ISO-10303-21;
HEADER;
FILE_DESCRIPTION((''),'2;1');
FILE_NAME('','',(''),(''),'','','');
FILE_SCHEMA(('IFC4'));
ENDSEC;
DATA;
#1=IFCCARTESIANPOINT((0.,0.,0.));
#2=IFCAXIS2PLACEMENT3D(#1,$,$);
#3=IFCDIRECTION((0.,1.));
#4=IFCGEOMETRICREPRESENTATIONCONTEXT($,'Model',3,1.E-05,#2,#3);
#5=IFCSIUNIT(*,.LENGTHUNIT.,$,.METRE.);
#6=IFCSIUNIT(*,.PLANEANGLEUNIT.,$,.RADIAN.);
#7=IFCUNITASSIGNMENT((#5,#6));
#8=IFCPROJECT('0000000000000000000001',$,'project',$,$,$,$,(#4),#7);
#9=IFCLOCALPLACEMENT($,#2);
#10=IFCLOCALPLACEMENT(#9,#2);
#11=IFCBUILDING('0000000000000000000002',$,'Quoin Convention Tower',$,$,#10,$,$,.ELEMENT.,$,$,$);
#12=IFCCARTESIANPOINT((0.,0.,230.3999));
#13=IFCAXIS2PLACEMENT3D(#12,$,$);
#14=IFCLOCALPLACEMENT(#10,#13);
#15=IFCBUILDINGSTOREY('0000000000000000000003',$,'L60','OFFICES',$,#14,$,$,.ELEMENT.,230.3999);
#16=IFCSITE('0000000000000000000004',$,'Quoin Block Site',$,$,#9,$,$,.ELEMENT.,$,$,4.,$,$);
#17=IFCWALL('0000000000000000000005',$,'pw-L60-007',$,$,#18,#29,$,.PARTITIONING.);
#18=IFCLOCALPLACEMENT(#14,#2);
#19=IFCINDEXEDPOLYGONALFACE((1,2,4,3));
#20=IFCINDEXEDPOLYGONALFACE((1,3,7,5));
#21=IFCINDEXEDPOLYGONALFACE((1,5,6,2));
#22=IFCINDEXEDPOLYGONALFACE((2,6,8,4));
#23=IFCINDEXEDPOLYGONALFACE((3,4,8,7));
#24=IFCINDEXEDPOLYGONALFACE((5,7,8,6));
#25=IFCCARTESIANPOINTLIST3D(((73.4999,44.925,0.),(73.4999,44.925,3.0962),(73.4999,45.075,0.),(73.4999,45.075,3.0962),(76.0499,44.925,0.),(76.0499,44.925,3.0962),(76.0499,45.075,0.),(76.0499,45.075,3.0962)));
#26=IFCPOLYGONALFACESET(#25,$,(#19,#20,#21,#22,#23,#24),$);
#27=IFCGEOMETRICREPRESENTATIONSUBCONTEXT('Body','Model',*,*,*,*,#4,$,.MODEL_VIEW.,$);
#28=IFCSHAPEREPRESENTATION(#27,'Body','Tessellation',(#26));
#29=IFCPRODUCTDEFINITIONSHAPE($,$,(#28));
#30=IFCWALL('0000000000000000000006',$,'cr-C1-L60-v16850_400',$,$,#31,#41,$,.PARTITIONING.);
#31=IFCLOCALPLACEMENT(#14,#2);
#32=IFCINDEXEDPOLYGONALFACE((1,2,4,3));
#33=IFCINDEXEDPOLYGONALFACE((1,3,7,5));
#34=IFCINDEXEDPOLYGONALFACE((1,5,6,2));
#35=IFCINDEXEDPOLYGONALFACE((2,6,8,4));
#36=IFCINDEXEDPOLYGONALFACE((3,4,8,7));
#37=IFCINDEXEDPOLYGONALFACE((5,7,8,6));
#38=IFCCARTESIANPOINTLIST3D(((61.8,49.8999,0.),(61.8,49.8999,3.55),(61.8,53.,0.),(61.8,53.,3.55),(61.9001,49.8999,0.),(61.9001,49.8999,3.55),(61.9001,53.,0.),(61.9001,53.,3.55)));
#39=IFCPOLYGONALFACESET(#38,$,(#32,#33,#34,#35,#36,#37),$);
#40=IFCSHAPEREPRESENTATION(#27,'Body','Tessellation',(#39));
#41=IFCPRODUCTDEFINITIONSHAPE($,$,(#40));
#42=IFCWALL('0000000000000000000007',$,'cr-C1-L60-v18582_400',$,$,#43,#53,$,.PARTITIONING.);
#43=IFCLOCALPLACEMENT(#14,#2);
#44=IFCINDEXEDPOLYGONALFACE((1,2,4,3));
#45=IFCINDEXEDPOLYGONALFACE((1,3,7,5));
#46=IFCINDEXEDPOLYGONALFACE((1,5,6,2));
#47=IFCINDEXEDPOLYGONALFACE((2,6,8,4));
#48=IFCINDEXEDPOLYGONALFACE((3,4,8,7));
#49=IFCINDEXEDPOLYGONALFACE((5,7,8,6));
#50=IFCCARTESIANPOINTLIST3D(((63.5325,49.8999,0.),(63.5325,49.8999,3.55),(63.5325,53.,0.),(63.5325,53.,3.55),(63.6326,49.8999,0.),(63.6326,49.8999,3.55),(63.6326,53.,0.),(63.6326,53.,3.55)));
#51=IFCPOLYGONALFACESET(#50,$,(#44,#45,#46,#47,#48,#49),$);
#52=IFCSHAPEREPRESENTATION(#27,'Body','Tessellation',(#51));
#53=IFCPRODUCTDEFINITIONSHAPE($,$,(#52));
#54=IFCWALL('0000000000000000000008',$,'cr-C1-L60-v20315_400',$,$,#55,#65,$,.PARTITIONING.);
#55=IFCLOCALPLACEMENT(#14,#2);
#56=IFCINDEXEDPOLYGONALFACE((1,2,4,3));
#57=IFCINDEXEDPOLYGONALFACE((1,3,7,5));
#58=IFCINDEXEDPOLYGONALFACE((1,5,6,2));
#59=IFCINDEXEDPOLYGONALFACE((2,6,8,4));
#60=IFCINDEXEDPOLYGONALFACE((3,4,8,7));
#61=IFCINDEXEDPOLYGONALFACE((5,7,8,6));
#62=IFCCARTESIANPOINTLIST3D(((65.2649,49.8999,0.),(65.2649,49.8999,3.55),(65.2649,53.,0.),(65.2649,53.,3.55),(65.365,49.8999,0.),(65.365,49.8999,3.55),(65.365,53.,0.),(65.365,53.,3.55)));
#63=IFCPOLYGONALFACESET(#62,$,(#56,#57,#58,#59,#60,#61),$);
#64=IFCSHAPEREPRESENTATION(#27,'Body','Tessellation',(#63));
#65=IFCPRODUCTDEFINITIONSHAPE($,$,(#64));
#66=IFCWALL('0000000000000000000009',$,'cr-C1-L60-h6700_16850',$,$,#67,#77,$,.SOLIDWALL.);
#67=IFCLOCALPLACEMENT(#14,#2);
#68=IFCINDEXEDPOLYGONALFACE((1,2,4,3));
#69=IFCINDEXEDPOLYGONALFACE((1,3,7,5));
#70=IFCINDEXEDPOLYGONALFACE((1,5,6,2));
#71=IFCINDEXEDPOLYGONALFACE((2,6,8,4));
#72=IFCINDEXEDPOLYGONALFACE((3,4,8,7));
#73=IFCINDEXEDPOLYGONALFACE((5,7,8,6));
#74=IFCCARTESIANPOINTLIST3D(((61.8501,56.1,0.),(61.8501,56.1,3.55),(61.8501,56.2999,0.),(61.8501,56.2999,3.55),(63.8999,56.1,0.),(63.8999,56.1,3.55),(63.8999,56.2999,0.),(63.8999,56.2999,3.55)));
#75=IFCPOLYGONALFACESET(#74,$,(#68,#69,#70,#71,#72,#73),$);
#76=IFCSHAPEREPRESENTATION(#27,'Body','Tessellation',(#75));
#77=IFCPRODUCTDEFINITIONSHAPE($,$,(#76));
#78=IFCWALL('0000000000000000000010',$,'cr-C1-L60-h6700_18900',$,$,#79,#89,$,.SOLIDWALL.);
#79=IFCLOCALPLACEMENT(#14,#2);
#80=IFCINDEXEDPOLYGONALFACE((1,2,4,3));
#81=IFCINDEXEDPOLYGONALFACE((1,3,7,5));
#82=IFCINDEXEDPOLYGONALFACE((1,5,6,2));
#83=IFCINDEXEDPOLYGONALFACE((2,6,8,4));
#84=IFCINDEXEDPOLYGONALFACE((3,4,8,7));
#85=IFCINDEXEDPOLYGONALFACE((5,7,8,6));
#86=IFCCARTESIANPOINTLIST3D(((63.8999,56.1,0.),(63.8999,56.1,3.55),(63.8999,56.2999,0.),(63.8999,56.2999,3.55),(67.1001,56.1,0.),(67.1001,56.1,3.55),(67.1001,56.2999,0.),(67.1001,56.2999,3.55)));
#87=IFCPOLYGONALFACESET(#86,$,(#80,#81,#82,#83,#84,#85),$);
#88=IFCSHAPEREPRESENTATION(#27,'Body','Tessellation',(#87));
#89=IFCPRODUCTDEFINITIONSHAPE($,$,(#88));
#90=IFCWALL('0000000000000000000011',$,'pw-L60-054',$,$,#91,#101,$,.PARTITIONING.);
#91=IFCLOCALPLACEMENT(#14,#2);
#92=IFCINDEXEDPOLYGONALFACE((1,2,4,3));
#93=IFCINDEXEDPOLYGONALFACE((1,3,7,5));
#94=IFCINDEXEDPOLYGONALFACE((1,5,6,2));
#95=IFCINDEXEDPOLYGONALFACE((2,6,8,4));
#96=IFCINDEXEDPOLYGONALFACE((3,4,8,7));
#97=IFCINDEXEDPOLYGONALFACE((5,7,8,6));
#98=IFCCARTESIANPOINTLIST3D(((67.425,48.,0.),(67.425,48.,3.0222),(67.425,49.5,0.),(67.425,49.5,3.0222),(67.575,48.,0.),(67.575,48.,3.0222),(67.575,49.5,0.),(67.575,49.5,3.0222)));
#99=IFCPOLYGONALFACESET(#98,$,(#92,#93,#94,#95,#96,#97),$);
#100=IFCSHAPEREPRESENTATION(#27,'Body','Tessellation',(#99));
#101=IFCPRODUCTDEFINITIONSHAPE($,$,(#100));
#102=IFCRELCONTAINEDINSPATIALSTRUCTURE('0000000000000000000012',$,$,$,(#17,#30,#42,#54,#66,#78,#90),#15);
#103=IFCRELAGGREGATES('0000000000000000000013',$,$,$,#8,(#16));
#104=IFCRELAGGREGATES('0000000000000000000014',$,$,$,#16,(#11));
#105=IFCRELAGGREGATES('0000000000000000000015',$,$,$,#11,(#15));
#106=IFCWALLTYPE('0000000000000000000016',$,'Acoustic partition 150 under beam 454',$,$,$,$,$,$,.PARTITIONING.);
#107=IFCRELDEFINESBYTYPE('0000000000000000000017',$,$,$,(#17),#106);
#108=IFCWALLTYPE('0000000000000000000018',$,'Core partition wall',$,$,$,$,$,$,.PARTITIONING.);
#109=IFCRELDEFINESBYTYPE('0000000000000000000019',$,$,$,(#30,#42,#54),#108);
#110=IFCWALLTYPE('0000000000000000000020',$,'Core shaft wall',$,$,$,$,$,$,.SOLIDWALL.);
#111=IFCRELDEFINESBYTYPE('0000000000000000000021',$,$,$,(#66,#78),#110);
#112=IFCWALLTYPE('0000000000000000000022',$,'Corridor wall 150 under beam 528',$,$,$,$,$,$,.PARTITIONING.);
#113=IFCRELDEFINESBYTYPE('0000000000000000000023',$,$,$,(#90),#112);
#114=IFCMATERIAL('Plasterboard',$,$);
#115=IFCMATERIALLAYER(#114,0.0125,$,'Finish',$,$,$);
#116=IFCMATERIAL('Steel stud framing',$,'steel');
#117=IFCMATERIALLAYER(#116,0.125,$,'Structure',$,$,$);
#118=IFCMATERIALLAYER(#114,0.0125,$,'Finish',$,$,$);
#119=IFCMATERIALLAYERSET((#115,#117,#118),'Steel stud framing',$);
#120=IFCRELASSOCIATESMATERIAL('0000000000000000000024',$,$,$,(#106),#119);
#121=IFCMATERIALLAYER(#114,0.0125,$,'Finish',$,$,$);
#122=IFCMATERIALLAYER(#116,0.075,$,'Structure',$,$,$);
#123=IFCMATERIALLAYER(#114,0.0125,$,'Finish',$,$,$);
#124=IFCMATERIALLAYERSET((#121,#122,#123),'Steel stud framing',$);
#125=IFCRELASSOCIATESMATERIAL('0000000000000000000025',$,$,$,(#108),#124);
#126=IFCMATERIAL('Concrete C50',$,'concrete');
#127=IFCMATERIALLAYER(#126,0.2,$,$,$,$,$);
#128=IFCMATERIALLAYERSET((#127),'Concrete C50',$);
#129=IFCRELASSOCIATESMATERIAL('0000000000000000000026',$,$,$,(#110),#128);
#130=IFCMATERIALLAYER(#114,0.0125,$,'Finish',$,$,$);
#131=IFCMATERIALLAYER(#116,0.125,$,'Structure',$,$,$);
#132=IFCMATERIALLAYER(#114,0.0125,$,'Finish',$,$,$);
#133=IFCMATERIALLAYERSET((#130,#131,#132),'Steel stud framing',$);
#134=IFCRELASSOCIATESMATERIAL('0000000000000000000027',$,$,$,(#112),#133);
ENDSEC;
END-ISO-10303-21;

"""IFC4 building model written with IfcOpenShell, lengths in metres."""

from ifc_helpers import new_model, si_unit, direction, frame, frame_2d, origin, place, context, subcontext, project, spatial, rectangle, extrude, material, layer, layer_set, type_object, element, save


model = new_model("IFC4")

# Units and contexts
model_context = context("Model", 3, precision=1e-05, world=origin(), true_north=direction((0.0, 1.0)))
body_context = subcontext(model_context, "Body", "Model", "MODEL_VIEW")
ifc_project = project(units=[si_unit("LENGTHUNIT", "METRE"), si_unit("PLANEANGLEUNIT", "RADIAN")], contexts=[model_context])

# Site, building, storey
site_placement = place(None, origin())
site = spatial("IfcSite", under=ifc_project, at=site_placement, Name="Quoin Block Site", CompositionType="ELEMENT", RefElevation=4.0)
building_placement = place(site_placement, origin())
building = spatial("IfcBuilding", under=site, at=building_placement, Name="Quoin Convention Tower", CompositionType="ELEMENT")
storey_placement = place(building_placement, frame((0.0, 0.0, 230.3999)))
storey = spatial("IfcBuildingStorey", under=building, at=storey_placement, Name="L60", Description="OFFICES", CompositionType="ELEMENT", Elevation=230.3999)

# Shared definitions
ifc_material_1 = material(Name="Concrete C50", Category="concrete")

# Shared definitions
ifc_material_2 = material(Name="Plasterboard")
ifc_material_3 = material(Name="Steel stud framing", Category="steel")

# Walls
ifc_layer_1 = layer(ifc_material_2, 0.0125, Name="Finish")
ifc_layer_2 = layer(ifc_material_3, 0.125, Name="Structure")
ifc_layer_3 = layer(ifc_material_2, 0.0125, Name="Finish")
ifc_layer_set_1 = layer_set([ifc_layer_1, ifc_layer_2, ifc_layer_3], Name="Steel stud framing")
wall_type_1 = type_object("IfcWallType", Name="Acoustic partition 150 under beam 454", PredefinedType="PARTITIONING", material=ifc_layer_set_1)
wall_1_placement = place(storey_placement, frame((73.5, 45.0, 0.0), z_axis=(0.0, 0.0, 1.0), x_axis=(1.0, 0.0, 0.0)))
element("IfcWall", 1, at=wall_1_placement, inside=storey, type_object=wall_type_1, Name="pw-L60-007", PredefinedType="PARTITIONING", context=body_context, shape_type="SweptSolid", body=[
    extrude(rectangle(XDim=2.55, YDim=0.1499, at=frame_2d((1.2749, 0.0))), origin(), (0.0, 0.0, 1.0), 3.0962),
])
ifc_layer_4 = layer(ifc_material_2, 0.0125, Name="Finish")
ifc_layer_5 = layer(ifc_material_3, 0.075, Name="Structure")
ifc_layer_6 = layer(ifc_material_2, 0.0125, Name="Finish")
ifc_layer_set_2 = layer_set([ifc_layer_4, ifc_layer_5, ifc_layer_6], Name="Steel stud framing")
wall_type_2 = type_object("IfcWallType", Name="Core partition wall", PredefinedType="PARTITIONING", material=ifc_layer_set_2)
for number, where, z_axis, x_axis, name in (
    (2, (61.8501, 49.8999, 0.0), (0.0, 0.0, 1.0), (0.0, 1.0, 0.0), "cr-C1-L60-v16850_400"),
    (3, (63.5825, 49.8999, 0.0), (0.0, 0.0, 1.0), (0.0, 1.0, 0.0), "cr-C1-L60-v18582_400"),
    (4, (65.3149, 49.8999, 0.0), (0.0, 0.0, 1.0), (0.0, 1.0, 0.0), "cr-C1-L60-v20315_400"),
):
    element("IfcWall", number, at=place(storey_placement, frame(where, z_axis=z_axis, x_axis=x_axis)), inside=storey, type_object=wall_type_2, Name=name, PredefinedType="PARTITIONING", context=body_context, shape_type="SweptSolid", body=[
        extrude(rectangle(XDim=3.1001, YDim=0.1001, at=frame_2d((1.55, 0.0))), origin(), (0.0, 0.0, 1.0), 3.55),
    ])
ifc_layer_7 = layer(ifc_material_1, 0.2)
ifc_layer_set_3 = layer_set([ifc_layer_7], Name="Concrete C50")
wall_type_3 = type_object("IfcWallType", Name="Core shaft wall", PredefinedType="SOLIDWALL", material=ifc_layer_set_3)
wall_2_placement = place(storey_placement, frame((61.8501, 56.2, 0.0), z_axis=(0.0, 0.0, 1.0), x_axis=(1.0, 0.0, 0.0)))
element("IfcWall", 5, at=wall_2_placement, inside=storey, type_object=wall_type_3, Name="cr-C1-L60-h6700_16850", PredefinedType="SOLIDWALL", context=body_context, shape_type="SweptSolid", body=[
    extrude(rectangle(XDim=2.0498, YDim=0.2, at=frame_2d((1.0249, 0.0))), origin(), (0.0, 0.0, 1.0), 3.55),
])
wall_3_placement = place(storey_placement, frame((63.8999, 56.2, 0.0), z_axis=(0.0, 0.0, 1.0), x_axis=(1.0, 0.0, 0.0)))
element("IfcWall", 6, at=wall_3_placement, inside=storey, type_object=wall_type_3, Name="cr-C1-L60-h6700_18900", PredefinedType="SOLIDWALL", context=body_context, shape_type="SweptSolid", body=[
    extrude(rectangle(XDim=3.2002, YDim=0.2, at=frame_2d((1.6001, 0.0))), origin(), (0.0, 0.0, 1.0), 3.55),
])
ifc_layer_8 = layer(ifc_material_2, 0.0125, Name="Finish")
ifc_layer_9 = layer(ifc_material_3, 0.125, Name="Structure")
ifc_layer_10 = layer(ifc_material_2, 0.0125, Name="Finish")
ifc_layer_set_4 = layer_set([ifc_layer_8, ifc_layer_9, ifc_layer_10], Name="Steel stud framing")
wall_type_4 = type_object("IfcWallType", Name="Corridor wall 150 under beam 528", PredefinedType="PARTITIONING", material=ifc_layer_set_4)
wall_4_placement = place(storey_placement, frame((67.5, 48.0, 0.0), z_axis=(0.0, 0.0, 1.0), x_axis=(0.0, 1.0, 0.0)))
element("IfcWall", 7, at=wall_4_placement, inside=storey, type_object=wall_type_4, Name="pw-L60-054", PredefinedType="PARTITIONING", context=body_context, shape_type="SweptSolid", body=[
    extrude(rectangle(XDim=1.5, YDim=0.1499, at=frame_2d((0.75, 0.0))), origin(), (0.0, 0.0, 1.0), 3.0222),
])

save(model, "model.ifc")
